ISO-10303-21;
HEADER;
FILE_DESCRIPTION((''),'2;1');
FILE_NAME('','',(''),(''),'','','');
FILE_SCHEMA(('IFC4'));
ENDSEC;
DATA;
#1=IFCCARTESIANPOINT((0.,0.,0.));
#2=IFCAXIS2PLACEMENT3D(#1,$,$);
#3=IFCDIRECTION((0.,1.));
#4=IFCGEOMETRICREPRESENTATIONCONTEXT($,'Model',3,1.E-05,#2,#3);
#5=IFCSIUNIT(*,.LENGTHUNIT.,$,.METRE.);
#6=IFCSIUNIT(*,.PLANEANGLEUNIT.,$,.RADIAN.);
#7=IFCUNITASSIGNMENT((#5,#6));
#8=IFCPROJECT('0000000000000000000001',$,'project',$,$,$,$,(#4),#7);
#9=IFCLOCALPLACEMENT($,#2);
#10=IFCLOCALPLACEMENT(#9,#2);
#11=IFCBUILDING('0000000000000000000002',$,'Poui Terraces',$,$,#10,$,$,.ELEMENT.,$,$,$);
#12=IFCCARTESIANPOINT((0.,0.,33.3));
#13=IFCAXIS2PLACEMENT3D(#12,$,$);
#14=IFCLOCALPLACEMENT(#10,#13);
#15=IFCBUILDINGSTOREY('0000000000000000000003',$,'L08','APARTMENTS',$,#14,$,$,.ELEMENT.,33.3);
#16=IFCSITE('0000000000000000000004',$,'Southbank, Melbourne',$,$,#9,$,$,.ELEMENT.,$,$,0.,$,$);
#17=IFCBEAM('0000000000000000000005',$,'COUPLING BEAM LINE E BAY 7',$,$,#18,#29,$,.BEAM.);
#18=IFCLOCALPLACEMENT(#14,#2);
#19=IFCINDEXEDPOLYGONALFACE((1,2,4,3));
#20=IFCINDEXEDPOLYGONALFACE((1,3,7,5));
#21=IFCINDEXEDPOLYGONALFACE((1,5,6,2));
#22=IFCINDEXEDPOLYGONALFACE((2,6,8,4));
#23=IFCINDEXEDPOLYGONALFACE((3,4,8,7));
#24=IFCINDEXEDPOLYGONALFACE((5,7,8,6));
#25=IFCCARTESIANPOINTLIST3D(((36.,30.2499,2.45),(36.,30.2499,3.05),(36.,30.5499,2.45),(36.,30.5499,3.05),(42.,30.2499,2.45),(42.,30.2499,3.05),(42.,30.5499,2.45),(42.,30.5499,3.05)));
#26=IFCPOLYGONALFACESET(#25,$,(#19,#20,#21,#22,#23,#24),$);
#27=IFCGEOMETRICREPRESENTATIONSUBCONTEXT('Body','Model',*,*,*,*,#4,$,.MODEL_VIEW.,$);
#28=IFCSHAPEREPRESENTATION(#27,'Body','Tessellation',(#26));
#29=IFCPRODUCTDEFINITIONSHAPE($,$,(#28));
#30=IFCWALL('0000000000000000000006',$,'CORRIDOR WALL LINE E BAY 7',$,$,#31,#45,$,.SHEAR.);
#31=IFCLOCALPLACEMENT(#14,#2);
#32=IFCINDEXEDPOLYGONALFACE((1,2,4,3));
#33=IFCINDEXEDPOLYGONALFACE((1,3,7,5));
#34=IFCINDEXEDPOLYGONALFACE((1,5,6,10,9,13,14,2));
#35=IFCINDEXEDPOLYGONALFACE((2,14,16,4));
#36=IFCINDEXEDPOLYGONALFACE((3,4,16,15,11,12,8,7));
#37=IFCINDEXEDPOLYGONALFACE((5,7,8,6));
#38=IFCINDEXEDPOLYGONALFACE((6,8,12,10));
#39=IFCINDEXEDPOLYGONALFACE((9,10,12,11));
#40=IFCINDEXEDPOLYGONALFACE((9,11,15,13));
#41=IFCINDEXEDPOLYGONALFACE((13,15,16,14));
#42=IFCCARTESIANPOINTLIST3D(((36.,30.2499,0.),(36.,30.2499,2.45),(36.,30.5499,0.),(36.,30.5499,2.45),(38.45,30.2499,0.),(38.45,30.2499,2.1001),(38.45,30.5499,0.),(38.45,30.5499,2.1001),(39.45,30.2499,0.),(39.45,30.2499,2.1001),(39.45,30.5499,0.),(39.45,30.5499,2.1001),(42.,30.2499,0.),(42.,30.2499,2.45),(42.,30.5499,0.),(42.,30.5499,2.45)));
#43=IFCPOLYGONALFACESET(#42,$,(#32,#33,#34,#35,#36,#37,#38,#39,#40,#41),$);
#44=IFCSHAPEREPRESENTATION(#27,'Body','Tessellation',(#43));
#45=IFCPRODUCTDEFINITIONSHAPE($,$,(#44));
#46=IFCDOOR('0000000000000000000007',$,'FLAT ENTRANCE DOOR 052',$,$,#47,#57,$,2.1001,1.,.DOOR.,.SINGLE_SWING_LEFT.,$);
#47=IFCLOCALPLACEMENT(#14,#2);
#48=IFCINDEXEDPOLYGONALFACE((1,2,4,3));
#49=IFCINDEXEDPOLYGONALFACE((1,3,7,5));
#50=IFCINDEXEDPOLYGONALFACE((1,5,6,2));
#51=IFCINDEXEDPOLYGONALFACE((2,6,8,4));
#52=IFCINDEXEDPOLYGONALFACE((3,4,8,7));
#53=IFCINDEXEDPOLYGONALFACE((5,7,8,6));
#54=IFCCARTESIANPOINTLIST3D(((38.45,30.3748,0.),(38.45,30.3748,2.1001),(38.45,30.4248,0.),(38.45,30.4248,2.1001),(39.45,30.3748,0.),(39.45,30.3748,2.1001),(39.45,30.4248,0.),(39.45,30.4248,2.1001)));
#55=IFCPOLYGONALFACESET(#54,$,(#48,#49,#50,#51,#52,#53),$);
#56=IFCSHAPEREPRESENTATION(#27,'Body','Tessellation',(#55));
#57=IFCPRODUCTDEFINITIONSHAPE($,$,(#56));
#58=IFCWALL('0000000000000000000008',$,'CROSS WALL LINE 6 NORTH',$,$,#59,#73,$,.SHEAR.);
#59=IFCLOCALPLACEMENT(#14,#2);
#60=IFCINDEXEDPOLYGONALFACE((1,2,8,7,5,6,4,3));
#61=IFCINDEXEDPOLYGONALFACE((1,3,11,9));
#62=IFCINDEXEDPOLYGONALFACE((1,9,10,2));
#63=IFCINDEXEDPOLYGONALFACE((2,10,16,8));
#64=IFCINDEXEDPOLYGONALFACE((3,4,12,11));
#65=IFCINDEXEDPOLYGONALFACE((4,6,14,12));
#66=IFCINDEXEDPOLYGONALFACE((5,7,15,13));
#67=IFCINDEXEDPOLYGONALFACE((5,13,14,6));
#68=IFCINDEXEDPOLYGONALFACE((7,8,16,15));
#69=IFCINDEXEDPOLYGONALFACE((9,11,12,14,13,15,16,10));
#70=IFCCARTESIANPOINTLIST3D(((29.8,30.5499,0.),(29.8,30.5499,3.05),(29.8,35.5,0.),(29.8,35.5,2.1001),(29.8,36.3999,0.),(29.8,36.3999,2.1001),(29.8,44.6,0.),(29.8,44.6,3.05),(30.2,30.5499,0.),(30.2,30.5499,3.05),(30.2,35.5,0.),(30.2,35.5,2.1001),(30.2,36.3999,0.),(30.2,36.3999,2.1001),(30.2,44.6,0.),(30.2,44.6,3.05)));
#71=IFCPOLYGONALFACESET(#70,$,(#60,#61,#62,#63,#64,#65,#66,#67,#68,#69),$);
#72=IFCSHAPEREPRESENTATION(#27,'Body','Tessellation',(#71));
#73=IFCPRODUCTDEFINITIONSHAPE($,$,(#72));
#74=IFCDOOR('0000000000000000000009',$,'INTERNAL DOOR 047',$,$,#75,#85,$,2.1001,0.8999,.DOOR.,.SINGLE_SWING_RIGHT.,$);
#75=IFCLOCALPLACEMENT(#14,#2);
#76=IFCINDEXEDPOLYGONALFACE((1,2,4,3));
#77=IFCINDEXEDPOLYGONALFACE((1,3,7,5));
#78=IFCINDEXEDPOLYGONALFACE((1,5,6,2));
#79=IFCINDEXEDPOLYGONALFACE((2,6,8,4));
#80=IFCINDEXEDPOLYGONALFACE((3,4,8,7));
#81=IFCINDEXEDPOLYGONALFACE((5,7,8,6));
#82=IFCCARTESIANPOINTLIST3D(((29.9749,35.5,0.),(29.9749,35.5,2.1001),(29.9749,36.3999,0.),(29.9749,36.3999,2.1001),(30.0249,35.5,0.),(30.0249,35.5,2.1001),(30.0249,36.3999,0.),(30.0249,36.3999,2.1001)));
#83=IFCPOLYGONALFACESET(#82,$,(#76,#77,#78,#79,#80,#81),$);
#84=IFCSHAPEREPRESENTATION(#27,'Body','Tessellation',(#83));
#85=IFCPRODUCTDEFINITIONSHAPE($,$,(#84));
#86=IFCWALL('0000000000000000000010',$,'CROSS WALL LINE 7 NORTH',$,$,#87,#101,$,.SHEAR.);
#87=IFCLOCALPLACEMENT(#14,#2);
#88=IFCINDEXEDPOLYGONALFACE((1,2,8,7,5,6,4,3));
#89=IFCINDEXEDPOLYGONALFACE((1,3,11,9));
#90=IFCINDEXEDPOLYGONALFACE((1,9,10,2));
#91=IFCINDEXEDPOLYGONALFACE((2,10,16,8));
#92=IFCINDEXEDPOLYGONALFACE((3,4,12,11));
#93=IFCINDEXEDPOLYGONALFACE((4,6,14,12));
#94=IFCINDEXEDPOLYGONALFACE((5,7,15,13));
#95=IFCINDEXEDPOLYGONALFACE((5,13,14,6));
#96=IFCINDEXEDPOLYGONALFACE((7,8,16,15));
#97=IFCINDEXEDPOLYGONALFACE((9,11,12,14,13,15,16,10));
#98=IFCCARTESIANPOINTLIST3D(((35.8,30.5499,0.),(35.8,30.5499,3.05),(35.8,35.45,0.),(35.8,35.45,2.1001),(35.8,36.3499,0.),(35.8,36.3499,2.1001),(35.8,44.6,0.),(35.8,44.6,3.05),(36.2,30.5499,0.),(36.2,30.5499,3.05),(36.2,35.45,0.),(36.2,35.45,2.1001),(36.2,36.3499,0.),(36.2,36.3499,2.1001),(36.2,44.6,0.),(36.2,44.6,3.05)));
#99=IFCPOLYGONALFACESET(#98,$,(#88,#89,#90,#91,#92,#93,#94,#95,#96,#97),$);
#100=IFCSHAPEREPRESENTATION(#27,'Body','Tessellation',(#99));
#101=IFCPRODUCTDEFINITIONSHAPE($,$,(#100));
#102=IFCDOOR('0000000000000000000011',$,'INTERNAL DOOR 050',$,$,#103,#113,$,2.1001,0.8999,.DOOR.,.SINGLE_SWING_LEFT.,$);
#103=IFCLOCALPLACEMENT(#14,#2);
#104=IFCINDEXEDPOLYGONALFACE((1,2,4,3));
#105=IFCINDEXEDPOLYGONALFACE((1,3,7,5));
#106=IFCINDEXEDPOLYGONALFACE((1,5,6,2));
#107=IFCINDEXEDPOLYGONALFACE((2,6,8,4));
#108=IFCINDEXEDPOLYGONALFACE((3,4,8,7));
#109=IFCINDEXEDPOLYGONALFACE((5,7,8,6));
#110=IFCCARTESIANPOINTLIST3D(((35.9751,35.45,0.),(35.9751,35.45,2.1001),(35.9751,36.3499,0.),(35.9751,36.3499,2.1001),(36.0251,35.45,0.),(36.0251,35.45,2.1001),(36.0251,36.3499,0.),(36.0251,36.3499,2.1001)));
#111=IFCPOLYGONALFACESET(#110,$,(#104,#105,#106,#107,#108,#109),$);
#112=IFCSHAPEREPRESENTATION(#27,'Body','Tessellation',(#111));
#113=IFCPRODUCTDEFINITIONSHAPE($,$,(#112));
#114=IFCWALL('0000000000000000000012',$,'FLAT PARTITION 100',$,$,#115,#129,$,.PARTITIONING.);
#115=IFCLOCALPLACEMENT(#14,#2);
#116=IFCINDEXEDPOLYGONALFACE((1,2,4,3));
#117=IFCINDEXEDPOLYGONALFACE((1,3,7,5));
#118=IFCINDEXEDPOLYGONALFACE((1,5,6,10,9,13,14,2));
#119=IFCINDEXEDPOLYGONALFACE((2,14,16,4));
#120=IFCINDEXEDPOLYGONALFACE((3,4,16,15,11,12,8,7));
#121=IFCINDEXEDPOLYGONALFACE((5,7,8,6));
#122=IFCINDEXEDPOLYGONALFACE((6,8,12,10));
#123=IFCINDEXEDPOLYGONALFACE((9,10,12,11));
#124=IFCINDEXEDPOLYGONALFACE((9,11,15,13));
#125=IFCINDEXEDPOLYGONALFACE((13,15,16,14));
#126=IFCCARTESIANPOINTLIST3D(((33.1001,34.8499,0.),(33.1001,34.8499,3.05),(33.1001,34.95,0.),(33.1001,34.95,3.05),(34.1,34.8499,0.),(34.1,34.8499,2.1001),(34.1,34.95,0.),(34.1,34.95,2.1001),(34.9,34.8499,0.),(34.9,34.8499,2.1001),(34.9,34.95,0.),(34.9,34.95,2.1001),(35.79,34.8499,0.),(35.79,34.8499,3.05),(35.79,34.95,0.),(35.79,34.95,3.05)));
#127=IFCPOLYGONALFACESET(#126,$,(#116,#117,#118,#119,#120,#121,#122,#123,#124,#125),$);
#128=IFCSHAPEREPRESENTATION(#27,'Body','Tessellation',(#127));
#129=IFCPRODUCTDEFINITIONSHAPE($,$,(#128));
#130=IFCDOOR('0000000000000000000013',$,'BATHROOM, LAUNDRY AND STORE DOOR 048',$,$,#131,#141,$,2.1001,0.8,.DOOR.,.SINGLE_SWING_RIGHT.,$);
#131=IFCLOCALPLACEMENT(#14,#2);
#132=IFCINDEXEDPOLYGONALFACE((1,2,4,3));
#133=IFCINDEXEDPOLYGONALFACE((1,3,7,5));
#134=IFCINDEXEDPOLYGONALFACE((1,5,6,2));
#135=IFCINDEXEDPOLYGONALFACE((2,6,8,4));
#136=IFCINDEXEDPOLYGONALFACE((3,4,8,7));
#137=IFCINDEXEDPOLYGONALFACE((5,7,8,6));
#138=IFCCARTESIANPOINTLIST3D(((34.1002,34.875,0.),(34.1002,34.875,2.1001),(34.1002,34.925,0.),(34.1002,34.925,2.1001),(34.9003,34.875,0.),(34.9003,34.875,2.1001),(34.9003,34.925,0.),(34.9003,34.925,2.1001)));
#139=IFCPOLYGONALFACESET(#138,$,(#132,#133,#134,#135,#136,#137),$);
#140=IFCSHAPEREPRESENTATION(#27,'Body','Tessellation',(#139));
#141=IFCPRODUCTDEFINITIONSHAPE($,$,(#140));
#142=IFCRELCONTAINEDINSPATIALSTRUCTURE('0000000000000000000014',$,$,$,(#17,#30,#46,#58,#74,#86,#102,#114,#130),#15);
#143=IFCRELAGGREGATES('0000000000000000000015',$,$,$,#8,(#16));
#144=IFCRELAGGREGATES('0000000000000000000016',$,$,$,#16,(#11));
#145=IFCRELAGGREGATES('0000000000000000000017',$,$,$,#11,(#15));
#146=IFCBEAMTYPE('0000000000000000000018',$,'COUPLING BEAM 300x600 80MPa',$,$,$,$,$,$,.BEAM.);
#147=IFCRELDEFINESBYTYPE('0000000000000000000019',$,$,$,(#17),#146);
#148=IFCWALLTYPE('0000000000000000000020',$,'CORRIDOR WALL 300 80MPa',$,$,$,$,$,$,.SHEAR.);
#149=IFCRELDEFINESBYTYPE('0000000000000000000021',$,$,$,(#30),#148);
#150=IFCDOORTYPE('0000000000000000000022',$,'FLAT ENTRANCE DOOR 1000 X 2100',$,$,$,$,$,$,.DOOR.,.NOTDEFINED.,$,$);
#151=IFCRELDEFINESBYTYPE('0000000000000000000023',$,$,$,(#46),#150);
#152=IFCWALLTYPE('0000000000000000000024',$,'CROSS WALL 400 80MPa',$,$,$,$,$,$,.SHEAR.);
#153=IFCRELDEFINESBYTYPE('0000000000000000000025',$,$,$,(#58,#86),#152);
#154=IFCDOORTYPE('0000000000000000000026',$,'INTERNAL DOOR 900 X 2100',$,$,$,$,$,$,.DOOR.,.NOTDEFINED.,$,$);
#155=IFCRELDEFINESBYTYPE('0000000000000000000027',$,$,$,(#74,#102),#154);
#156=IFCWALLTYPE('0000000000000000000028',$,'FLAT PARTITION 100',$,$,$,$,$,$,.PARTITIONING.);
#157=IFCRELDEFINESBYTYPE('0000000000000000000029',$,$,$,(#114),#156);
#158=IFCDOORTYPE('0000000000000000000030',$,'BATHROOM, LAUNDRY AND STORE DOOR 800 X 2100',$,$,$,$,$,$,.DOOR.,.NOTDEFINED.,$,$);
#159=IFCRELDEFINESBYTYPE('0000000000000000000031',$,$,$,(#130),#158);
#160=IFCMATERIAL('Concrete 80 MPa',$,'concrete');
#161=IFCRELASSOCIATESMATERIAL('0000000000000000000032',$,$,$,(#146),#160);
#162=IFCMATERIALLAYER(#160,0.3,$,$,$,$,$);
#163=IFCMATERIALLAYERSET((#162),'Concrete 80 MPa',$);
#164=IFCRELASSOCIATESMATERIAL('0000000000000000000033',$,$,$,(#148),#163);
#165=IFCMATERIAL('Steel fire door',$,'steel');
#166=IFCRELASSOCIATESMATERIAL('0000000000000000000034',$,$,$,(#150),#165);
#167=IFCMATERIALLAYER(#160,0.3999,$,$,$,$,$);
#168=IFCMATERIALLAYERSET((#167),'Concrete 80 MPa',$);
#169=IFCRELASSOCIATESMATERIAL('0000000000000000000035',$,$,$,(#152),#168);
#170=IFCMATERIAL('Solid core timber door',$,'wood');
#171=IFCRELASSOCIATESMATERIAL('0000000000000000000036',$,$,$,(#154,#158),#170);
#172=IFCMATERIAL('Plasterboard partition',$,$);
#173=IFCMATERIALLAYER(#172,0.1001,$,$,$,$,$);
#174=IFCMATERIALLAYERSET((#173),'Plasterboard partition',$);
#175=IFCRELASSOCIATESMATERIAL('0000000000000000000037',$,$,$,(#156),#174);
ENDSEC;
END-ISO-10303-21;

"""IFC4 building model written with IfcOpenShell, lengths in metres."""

from ifc_helpers import new_model, si_unit, direction, frame, frame_2d, origin, origin_2d, place, context, subcontext, project, spatial, rectangle, extrude, source, transform, mapped, material, layer, layer_set, material_profile, profile_set, type_object, element, fill, save


model = new_model("IFC4")

# Units and contexts
model_context = context("Model", 3, precision=1e-05, world=origin(), true_north=direction((0.0, 1.0)))
body_context = subcontext(model_context, "Body", "Model", "MODEL_VIEW")
ifc_project = project(units=[si_unit("LENGTHUNIT", "METRE"), si_unit("PLANEANGLEUNIT", "RADIAN")], contexts=[model_context])

# Site, building, storey
site_placement = place(None, origin())
site = spatial("IfcSite", under=ifc_project, at=site_placement, Name="Southbank, Melbourne", CompositionType="ELEMENT", RefElevation=0.0)
building_placement = place(site_placement, origin())
building = spatial("IfcBuilding", under=site, at=building_placement, Name="Poui Terraces", CompositionType="ELEMENT")
storey_placement = place(building_placement, frame((0.0, 0.0, 33.3)))
storey = spatial("IfcBuildingStorey", under=building, at=storey_placement, Name="L08", Description="APARTMENTS", CompositionType="ELEMENT", Elevation=33.3)

# Beam
ifc_material_1 = material(Name="Concrete 80 MPa", Category="concrete")
ifc_material_profile_1 = material_profile(ifc_material_1, rectangle(XDim=0.3, YDim=0.6001, at=origin_2d()), Name="RC 300x600")
ifc_profile_set_1 = profile_set([ifc_material_profile_1], Name="Concrete 80 MPa")
beam_type = type_object("IfcBeamType", Name="COUPLING BEAM 300x600 80MPa", PredefinedType="BEAM", material=ifc_profile_set_1)
shared_shape_1 = source(origin(), body_context, "Body", "SweptSolid", [
    extrude(rectangle(XDim=0.3, YDim=0.6001, at=origin_2d()), origin(), (0.0, 0.0, 1.0), 6.0),
])
beam_placement = place(storey_placement, frame((36.0, 30.3999, 2.75), z_axis=(1.0, 0.0, 0.0), x_axis=(0.0, 1.0, 0.0)))
element("IfcBeam", 1, at=beam_placement, inside=storey, type_object=beam_type, Name="COUPLING BEAM LINE E BAY 7", PredefinedType="BEAM", context=body_context, shape_type="MappedRepresentation", body=[
    mapped(shared_shape_1, transform((0.0, 0.0, 0.0))),
])

# Walls, openings, doors
ifc_layer_1 = layer(ifc_material_1, 0.3)
ifc_layer_set_1 = layer_set([ifc_layer_1], Name="Concrete 80 MPa")
wall_type_1 = type_object("IfcWallType", Name="CORRIDOR WALL 300 80MPa", PredefinedType="SHEAR", material=ifc_layer_set_1)
wall_1_placement = place(storey_placement, frame((36.0, 30.3999, 0.0), z_axis=(0.0, 0.0, 1.0), x_axis=(1.0, 0.0, 0.0)))
wall_1 = element("IfcWall", 2, at=wall_1_placement, inside=storey, type_object=wall_type_1, Name="CORRIDOR WALL LINE E BAY 7", PredefinedType="SHEAR", context=body_context, shape_type="SweptSolid", body=[
    extrude(rectangle(XDim=6.0, YDim=0.3, at=frame_2d((3.0, 0.0))), origin(), (0.0, 0.0, 1.0), 2.45),
])
opening_1_placement = place(wall_1_placement, frame((2.45, 0.0, 0.0)))
opening_1 = element("IfcOpeningElement", 3, at=opening_1_placement, cuts=wall_1, PredefinedType="OPENING", context=body_context, shape_type="SweptSolid", body=[
    extrude(rectangle(XDim=1.0, YDim=2.1001, at=frame_2d((0.5, 1.05))), frame((0.0, 0.1602, 0.0), z_axis=(0.0, -1.0, 0.0), x_axis=(1.0, 0.0, 0.0)), (0.0, 0.0, 1.0), 0.3201),
])
ifc_material_2 = material(Name="Steel fire door", Category="steel")
door_type_1 = type_object("IfcDoorType", Name="FLAT ENTRANCE DOOR 1000 X 2100", OperationType="NOTDEFINED", PredefinedType="DOOR", material=ifc_material_2)
door_1_placement = place(opening_1_placement, origin())
door_1 = element("IfcDoor", 4, at=door_1_placement, inside=storey, type_object=door_type_1, Name="FLAT ENTRANCE DOOR 052", OperationType="SINGLE_SWING_LEFT", OverallHeight=2.1001, OverallWidth=1.0, PredefinedType="DOOR", context=body_context, shape_type="SweptSolid", body=[
    extrude(rectangle(XDim=1.0, YDim=2.1001, at=frame_2d((0.5, 1.05))), frame((0.0, 0.0249, 0.0), z_axis=(0.0, -1.0, 0.0), x_axis=(1.0, 0.0, 0.0)), (0.0, 0.0, 1.0), 0.05),
])
fill(opening_1, door_1)
ifc_layer_2 = layer(ifc_material_1, 0.3999)
ifc_layer_set_2 = layer_set([ifc_layer_2], Name="Concrete 80 MPa")
wall_type_2 = type_object("IfcWallType", Name="CROSS WALL 400 80MPa", PredefinedType="SHEAR", material=ifc_layer_set_2)
wall_2_placement = place(storey_placement, frame((30.0, 30.55, 0.0), z_axis=(0.0, 0.0, 1.0), x_axis=(0.0, 1.0, 0.0)))
wall_2 = element("IfcWall", 5, at=wall_2_placement, inside=storey, type_object=wall_type_2, Name="CROSS WALL LINE 6 NORTH", PredefinedType="SHEAR", context=body_context, shape_type="SweptSolid", body=[
    extrude(rectangle(XDim=14.05, YDim=0.3999, at=frame_2d((7.0249, 0.0))), origin(), (0.0, 0.0, 1.0), 3.05),
])
opening_2_placement = place(wall_2_placement, frame((4.95, 0.0, 0.0)))
opening_2 = element("IfcOpeningElement", 6, at=opening_2_placement, cuts=wall_2, PredefinedType="OPENING", context=body_context, shape_type="SweptSolid", body=[
    extrude(rectangle(XDim=0.8999, YDim=2.1001, at=frame_2d((0.45, 1.05))), frame((0.0, 0.21, 0.0), z_axis=(0.0, -1.0, 0.0), x_axis=(1.0, 0.0, 0.0)), (0.0, 0.0, 1.0), 0.4199),
])
ifc_material_3 = material(Name="Solid core timber door", Category="wood")
door_type_2 = type_object("IfcDoorType", Name="INTERNAL DOOR 900 X 2100", OperationType="NOTDEFINED", PredefinedType="DOOR", material=ifc_material_3)
door_2_placement = place(opening_2_placement, frame((0.8999, 0.0, 0.0), z_axis=(0.0, 0.0, 1.0), x_axis=(-1.0, 0.0, 0.0)))
door_2 = element("IfcDoor", 7, at=door_2_placement, inside=storey, type_object=door_type_2, Name="INTERNAL DOOR 047", OperationType="SINGLE_SWING_RIGHT", OverallHeight=2.1001, OverallWidth=0.8999, PredefinedType="DOOR", context=body_context, shape_type="SweptSolid", body=[
    extrude(rectangle(XDim=0.8999, YDim=2.1001, at=frame_2d((0.45, 1.05))), frame((0.0, 0.0249, 0.0), z_axis=(0.0, -1.0, 0.0), x_axis=(1.0, 0.0, 0.0)), (0.0, 0.0, 1.0), 0.05),
])
fill(opening_2, door_2)
wall_3_placement = place(storey_placement, frame((36.0, 30.55, 0.0), z_axis=(0.0, 0.0, 1.0), x_axis=(0.0, 1.0, 0.0)))
wall_3 = element("IfcWall", 8, at=wall_3_placement, inside=storey, type_object=wall_type_2, Name="CROSS WALL LINE 7 NORTH", PredefinedType="SHEAR", context=body_context, shape_type="SweptSolid", body=[
    extrude(rectangle(XDim=14.05, YDim=0.3999, at=frame_2d((7.0249, 0.0))), origin(), (0.0, 0.0, 1.0), 3.05),
])
opening_3_placement = place(wall_3_placement, frame((4.8999, 0.0, 0.0)))
opening_3 = element("IfcOpeningElement", 9, at=opening_3_placement, cuts=wall_3, PredefinedType="OPENING", context=body_context, shape_type="SweptSolid", body=[
    extrude(rectangle(XDim=0.8999, YDim=2.1001, at=frame_2d((0.45, 1.05))), frame((0.0, 0.21, 0.0), z_axis=(0.0, -1.0, 0.0), x_axis=(1.0, 0.0, 0.0)), (0.0, 0.0, 1.0), 0.4199),
])
door_3_placement = place(opening_3_placement, origin())
door_3 = element("IfcDoor", 10, at=door_3_placement, inside=storey, type_object=door_type_2, Name="INTERNAL DOOR 050", OperationType="SINGLE_SWING_LEFT", OverallHeight=2.1001, OverallWidth=0.8999, PredefinedType="DOOR", context=body_context, shape_type="SweptSolid", body=[
    extrude(rectangle(XDim=0.8999, YDim=2.1001, at=frame_2d((0.45, 1.05))), frame((0.0, 0.0249, 0.0), z_axis=(0.0, -1.0, 0.0), x_axis=(1.0, 0.0, 0.0)), (0.0, 0.0, 1.0), 0.05),
])
fill(opening_3, door_3)
ifc_material_4 = material(Name="Plasterboard partition")
ifc_layer_3 = layer(ifc_material_4, 0.1001)
ifc_layer_set_3 = layer_set([ifc_layer_3], Name="Plasterboard partition")
wall_type_3 = type_object("IfcWallType", Name="FLAT PARTITION 100", PredefinedType="PARTITIONING", material=ifc_layer_set_3)
wall_4_placement = place(storey_placement, frame((33.1001, 34.8999, 0.0), z_axis=(0.0, 0.0, 1.0), x_axis=(1.0, 0.0, 0.0)))
wall_4 = element("IfcWall", 11, at=wall_4_placement, inside=storey, type_object=wall_type_3, Name="FLAT PARTITION 100", PredefinedType="PARTITIONING", context=body_context, shape_type="SweptSolid", body=[
    extrude(rectangle(XDim=2.6899, YDim=0.1001, at=frame_2d((1.345, 0.0))), origin(), (0.0, 0.0, 1.0), 3.05),
])
opening_4_placement = place(wall_4_placement, frame((1.0, 0.0, 0.0)))
opening_4 = element("IfcOpeningElement", 12, at=opening_4_placement, cuts=wall_4, PredefinedType="OPENING", context=body_context, shape_type="SweptSolid", body=[
    extrude(rectangle(XDim=0.8, YDim=2.1001, at=frame_2d((0.3999, 1.05))), frame((0.0, 0.0601, 0.0), z_axis=(0.0, -1.0, 0.0), x_axis=(1.0, 0.0, 0.0)), (0.0, 0.0, 1.0), 0.1201),
])
door_type_3 = type_object("IfcDoorType", Name="BATHROOM, LAUNDRY AND STORE DOOR 800 X 2100", OperationType="NOTDEFINED", PredefinedType="DOOR", material=ifc_material_3)
door_4_placement = place(opening_4_placement, frame((0.8, 0.0, 0.0), z_axis=(0.0, 0.0, 1.0), x_axis=(-1.0, 0.0, 0.0)))
door_4 = element("IfcDoor", 13, at=door_4_placement, inside=storey, type_object=door_type_3, Name="BATHROOM, LAUNDRY AND STORE DOOR 048", OperationType="SINGLE_SWING_RIGHT", OverallHeight=2.1001, OverallWidth=0.8, PredefinedType="DOOR", context=body_context, shape_type="SweptSolid", body=[
    extrude(rectangle(XDim=0.8, YDim=2.1001, at=frame_2d((0.3999, 1.05))), frame((0.0, 0.0249, 0.0), z_axis=(0.0, -1.0, 0.0), x_axis=(1.0, 0.0, 0.0)), (0.0, 0.0, 1.0), 0.05),
])
fill(opening_4, door_4)

save(model, "model.ifc")
